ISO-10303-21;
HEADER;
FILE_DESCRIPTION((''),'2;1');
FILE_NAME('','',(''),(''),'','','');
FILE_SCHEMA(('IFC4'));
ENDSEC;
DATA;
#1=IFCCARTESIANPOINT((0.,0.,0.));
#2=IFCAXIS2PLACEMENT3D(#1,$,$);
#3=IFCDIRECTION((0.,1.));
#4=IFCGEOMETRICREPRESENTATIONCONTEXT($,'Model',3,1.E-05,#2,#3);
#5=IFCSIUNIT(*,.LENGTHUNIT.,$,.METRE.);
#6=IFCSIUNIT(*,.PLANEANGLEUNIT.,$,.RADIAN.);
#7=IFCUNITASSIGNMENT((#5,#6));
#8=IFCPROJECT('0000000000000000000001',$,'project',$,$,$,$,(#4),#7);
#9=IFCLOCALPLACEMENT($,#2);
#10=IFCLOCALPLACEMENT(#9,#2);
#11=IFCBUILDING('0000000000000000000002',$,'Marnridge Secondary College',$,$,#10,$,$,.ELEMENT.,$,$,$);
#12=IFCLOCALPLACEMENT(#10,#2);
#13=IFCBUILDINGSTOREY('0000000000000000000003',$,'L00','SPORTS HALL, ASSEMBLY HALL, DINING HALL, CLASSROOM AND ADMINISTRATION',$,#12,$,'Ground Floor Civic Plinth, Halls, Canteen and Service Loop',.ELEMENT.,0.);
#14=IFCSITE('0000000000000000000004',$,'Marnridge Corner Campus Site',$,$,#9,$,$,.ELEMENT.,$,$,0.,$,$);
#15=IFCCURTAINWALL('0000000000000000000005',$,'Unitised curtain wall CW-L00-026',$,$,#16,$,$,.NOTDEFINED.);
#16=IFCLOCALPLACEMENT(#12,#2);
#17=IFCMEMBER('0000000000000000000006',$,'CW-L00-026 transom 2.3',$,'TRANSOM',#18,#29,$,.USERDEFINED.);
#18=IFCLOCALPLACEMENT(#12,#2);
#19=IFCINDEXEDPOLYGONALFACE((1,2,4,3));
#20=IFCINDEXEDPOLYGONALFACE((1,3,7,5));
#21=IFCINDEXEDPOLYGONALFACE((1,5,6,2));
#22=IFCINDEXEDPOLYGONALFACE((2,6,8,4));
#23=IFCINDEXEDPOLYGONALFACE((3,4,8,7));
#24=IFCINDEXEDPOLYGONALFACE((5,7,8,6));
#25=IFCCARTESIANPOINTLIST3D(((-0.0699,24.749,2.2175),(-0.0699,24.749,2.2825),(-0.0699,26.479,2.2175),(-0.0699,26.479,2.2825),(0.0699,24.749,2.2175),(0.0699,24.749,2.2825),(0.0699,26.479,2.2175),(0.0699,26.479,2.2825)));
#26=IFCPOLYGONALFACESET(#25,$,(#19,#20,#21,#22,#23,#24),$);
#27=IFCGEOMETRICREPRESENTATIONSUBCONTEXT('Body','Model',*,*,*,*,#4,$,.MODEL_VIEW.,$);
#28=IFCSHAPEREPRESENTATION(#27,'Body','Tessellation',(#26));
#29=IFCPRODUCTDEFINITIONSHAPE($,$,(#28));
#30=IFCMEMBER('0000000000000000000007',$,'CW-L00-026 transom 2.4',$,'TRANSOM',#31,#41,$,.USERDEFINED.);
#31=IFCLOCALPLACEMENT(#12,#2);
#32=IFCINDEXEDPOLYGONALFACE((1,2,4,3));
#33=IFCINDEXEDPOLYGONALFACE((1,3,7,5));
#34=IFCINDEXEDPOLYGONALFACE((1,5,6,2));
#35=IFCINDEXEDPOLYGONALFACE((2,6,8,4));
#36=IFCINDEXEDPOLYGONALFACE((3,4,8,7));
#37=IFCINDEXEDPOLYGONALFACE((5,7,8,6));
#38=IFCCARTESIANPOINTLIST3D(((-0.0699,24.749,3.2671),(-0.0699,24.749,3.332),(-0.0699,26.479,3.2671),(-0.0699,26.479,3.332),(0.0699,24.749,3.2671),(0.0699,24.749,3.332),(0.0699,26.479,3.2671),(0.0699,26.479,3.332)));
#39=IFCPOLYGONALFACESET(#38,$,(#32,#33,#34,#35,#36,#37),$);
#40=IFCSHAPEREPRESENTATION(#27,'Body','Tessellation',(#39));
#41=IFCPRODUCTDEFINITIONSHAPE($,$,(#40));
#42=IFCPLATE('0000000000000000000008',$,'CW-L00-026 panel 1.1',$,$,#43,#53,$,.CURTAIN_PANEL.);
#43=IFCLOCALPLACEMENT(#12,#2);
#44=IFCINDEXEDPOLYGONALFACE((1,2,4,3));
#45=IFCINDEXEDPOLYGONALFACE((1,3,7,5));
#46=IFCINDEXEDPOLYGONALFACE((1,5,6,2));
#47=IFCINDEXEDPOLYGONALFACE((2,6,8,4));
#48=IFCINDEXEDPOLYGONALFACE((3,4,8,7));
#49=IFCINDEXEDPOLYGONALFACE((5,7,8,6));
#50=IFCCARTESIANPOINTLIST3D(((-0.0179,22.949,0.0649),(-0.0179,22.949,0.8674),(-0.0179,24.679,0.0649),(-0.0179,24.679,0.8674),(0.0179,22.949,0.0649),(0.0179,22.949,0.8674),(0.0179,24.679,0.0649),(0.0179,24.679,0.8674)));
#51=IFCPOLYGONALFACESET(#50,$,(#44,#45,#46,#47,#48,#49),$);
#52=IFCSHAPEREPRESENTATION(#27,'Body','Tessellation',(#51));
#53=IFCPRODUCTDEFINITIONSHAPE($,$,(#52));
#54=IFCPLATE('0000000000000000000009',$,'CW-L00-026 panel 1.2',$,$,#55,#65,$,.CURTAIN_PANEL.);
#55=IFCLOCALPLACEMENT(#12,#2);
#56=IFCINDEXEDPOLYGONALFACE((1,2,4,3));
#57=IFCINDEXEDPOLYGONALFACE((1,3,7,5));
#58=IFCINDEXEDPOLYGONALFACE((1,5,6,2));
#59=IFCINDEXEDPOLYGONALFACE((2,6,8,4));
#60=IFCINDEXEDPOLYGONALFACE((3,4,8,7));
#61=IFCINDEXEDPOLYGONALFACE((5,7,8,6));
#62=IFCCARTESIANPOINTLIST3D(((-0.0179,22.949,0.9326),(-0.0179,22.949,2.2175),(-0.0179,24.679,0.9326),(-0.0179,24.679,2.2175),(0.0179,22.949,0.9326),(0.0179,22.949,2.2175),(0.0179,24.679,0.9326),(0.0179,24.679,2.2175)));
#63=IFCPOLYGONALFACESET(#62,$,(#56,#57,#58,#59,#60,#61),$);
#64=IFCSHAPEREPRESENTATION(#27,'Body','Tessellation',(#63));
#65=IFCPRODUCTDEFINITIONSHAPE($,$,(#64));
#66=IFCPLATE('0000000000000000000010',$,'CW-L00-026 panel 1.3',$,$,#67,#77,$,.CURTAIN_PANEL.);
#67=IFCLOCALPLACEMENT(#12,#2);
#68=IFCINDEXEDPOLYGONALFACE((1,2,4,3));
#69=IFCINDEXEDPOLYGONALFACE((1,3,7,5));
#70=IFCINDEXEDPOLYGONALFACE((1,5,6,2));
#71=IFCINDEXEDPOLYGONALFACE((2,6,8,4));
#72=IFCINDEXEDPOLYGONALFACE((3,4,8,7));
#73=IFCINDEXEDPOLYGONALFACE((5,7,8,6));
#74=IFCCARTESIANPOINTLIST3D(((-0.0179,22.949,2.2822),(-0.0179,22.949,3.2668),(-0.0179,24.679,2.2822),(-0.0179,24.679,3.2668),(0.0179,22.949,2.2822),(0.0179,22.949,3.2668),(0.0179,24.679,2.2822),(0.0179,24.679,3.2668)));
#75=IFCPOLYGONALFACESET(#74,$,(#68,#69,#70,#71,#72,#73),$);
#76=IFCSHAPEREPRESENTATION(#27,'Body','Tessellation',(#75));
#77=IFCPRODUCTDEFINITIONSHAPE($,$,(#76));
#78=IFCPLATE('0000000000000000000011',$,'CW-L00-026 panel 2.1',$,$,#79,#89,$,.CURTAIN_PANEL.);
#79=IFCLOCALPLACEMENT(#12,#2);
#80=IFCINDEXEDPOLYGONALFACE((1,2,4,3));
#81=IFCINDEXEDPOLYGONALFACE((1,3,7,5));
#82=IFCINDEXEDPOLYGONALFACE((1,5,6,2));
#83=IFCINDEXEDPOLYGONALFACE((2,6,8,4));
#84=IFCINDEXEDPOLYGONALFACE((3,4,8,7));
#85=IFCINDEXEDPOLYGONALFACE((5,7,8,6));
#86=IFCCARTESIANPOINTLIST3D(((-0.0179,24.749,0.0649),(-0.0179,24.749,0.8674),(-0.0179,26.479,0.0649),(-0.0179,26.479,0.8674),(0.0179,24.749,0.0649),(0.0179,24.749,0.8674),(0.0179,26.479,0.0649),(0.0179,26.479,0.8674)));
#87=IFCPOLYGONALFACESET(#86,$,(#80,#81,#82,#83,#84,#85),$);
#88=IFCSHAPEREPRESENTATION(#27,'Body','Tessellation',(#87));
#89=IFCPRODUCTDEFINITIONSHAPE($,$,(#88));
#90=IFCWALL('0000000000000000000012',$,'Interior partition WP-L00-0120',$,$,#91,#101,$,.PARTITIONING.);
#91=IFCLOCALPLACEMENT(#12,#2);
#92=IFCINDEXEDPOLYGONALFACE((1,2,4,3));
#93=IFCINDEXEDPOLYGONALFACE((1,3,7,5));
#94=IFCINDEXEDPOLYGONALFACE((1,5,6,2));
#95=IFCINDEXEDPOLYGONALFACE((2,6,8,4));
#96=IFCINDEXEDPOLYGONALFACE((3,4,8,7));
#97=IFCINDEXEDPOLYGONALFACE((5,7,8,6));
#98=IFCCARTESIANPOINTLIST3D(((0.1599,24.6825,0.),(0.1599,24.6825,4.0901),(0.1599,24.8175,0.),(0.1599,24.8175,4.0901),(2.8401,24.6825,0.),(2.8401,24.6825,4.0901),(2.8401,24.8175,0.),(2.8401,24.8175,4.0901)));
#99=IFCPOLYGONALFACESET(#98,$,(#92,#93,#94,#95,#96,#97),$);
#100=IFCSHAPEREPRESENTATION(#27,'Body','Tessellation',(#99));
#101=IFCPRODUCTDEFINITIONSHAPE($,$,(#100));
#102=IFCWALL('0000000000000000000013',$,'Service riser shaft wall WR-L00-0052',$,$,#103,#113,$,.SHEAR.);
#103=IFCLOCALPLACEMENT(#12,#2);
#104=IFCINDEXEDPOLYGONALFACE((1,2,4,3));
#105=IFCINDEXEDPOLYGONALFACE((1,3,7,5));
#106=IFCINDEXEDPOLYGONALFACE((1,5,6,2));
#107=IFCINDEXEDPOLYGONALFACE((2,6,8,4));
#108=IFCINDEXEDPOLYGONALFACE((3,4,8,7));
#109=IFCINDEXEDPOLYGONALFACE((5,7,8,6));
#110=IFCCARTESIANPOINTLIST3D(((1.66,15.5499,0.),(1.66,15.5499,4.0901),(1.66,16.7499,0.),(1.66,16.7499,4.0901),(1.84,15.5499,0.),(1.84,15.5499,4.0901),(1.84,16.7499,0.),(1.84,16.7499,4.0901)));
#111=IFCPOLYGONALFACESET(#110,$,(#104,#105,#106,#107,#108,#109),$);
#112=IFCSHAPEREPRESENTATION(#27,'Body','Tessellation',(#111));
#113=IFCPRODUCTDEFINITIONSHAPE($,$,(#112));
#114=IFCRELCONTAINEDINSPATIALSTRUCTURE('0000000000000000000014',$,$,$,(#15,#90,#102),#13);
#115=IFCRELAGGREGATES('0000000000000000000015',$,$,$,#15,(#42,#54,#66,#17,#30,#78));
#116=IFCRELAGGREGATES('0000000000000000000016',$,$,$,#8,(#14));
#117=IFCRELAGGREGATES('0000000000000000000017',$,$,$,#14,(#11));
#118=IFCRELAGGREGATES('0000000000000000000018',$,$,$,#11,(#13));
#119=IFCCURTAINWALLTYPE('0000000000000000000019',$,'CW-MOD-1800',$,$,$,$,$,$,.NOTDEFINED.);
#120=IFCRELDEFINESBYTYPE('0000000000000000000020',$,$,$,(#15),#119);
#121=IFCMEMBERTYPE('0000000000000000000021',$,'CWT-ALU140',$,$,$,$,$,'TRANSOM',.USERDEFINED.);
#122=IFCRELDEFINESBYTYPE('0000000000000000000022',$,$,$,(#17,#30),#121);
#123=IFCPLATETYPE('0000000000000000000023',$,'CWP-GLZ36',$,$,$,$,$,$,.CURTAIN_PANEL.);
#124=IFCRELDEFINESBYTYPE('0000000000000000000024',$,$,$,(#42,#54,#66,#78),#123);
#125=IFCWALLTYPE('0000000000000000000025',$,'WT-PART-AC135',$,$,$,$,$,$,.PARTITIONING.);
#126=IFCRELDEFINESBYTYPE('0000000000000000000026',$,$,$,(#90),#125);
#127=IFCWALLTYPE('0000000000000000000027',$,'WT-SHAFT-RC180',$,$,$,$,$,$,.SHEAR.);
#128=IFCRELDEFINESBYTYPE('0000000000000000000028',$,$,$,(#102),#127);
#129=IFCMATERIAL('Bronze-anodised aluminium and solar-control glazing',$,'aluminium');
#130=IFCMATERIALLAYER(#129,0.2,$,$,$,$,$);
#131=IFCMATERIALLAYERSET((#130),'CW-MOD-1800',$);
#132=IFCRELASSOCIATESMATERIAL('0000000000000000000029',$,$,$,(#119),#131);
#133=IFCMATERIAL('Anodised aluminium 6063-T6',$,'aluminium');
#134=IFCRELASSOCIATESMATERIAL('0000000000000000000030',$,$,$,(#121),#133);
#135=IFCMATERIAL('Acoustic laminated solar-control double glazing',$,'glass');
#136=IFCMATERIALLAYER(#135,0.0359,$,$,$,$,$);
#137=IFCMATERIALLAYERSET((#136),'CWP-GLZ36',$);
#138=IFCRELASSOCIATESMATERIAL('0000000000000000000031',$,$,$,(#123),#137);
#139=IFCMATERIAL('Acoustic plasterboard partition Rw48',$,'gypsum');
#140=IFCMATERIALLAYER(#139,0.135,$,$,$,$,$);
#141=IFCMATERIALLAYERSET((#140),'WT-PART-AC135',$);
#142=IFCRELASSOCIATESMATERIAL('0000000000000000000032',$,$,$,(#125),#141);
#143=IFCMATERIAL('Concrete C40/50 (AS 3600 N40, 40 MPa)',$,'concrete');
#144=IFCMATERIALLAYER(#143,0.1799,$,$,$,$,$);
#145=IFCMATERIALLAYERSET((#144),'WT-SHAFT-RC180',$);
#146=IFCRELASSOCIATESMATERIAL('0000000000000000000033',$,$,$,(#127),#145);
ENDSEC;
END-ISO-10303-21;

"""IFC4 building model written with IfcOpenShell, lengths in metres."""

from ifc_helpers import new_model, si_unit, direction, frame, frame_2d, origin, origin_2d, place, context, subcontext, project, spatial, rectangle, extrude, material, layer, layer_set, material_profile, profile_set, type_object, element, aggregate, save


model = new_model("IFC4")

# Units and contexts
model_context = context("Model", 3, precision=1e-05, world=origin(), true_north=direction((0.0, 1.0)))
body_context = subcontext(model_context, "Body", "Model", "MODEL_VIEW")
ifc_project = project(units=[si_unit("LENGTHUNIT", "METRE"), si_unit("PLANEANGLEUNIT", "RADIAN")], contexts=[model_context])

# Site, building, storey
site_placement = place(None, origin())
site = spatial("IfcSite", under=ifc_project, at=site_placement, Name="Marnridge Corner Campus Site", CompositionType="ELEMENT", RefElevation=0.0)
building_placement = place(site_placement, origin())
building = spatial("IfcBuilding", under=site, at=building_placement, Name="Marnridge Secondary College", CompositionType="ELEMENT")
storey_placement = place(building_placement, origin())
storey = spatial("IfcBuildingStorey", under=building, at=storey_placement, Name="L00", Description="SPORTS HALL, ASSEMBLY HALL, DINING HALL, CLASSROOM AND ADMINISTRATION", LongName="Ground Floor Civic Plinth, Halls, Canteen and Service Loop", CompositionType="ELEMENT", Elevation=0.0)

# Curtain wall, members, plates
ifc_material_1 = material(Name="Bronze-anodised aluminium and solar-control glazing", Category="aluminium")
ifc_layer_1 = layer(ifc_material_1, 0.2)
ifc_layer_set_1 = layer_set([ifc_layer_1], Name="CW-MOD-1800")
curtain_wall_type = type_object("IfcCurtainWallType", Name="CW-MOD-1800", PredefinedType="NOTDEFINED", material=ifc_layer_set_1)
curtain_wall_placement = place(storey_placement, origin())
curtain_wall = element("IfcCurtainWall", 1, at=curtain_wall_placement, inside=storey, type_object=curtain_wall_type, Name="Unitised curtain wall CW-L00-026", PredefinedType="NOTDEFINED")
ifc_material_2 = material(Name="Anodised aluminium 6063-T6", Category="aluminium")
ifc_material_profile_1 = material_profile(ifc_material_2, rectangle(XDim=0.0649, YDim=0.1399, at=origin_2d()), Name="ALU 65x140")
ifc_profile_set_1 = profile_set([ifc_material_profile_1], Name="Anodised aluminium 6063-T6")
member_type_1 = type_object("IfcMemberType", Name="CWT-ALU140", ElementType="TRANSOM", PredefinedType="USERDEFINED", material=ifc_profile_set_1)
member_1_placement = place(storey_placement, frame((0.0, 24.749, 2.25), z_axis=(0.0, 1.0, 0.0), x_axis=(0.0, 0.0, 1.0)))
member_1 = element("IfcMember", 2, at=member_1_placement, type_object=member_type_1, Name="CW-L00-026 transom 2.3", ObjectType="TRANSOM", PredefinedType="USERDEFINED", context=body_context, shape_type="SweptSolid", body=[
    extrude(rectangle(XDim=0.0649, YDim=0.1399, at=origin_2d()), origin(), (0.0, 0.0, 1.0), 1.73),
])
member_2_placement = place(storey_placement, frame((0.0, 24.749, 3.2996), z_axis=(0.0, 1.0, 0.0), x_axis=(0.0, 0.0, 1.0)))
member_2 = element("IfcMember", 3, at=member_2_placement, type_object=member_type_1, Name="CW-L00-026 transom 2.4", ObjectType="TRANSOM", PredefinedType="USERDEFINED", context=body_context, shape_type="SweptSolid", body=[
    extrude(rectangle(XDim=0.0649, YDim=0.1399, at=origin_2d()), origin(), (0.0, 0.0, 1.0), 1.73),
])
ifc_material_3 = material(Name="Acoustic laminated solar-control double glazing", Category="glass")
ifc_layer_2 = layer(ifc_material_3, 0.0359)
ifc_layer_set_2 = layer_set([ifc_layer_2], Name="CWP-GLZ36")
plate_type = type_object("IfcPlateType", Name="CWP-GLZ36", PredefinedType="CURTAIN_PANEL", material=ifc_layer_set_2)
plate_1_placement = place(storey_placement, frame((0.0, 23.814, 0.0649), z_axis=(0.0, 0.0, 1.0), x_axis=(0.0, 1.0, 0.0)))
plate_1 = element("IfcPlate", 4, at=plate_1_placement, type_object=plate_type, Name="CW-L00-026 panel 1.1", PredefinedType="CURTAIN_PANEL", context=body_context, shape_type="SweptSolid", body=[
    extrude(rectangle(XDim=1.73, YDim=0.0359, at=origin_2d()), origin(), (0.0, 0.0, 1.0), 0.8025),
])
plate_2_placement = place(storey_placement, frame((0.0, 23.814, 0.9326), z_axis=(0.0, 0.0, 1.0), x_axis=(0.0, 1.0, 0.0)))
plate_2 = element("IfcPlate", 5, at=plate_2_placement, type_object=plate_type, Name="CW-L00-026 panel 1.2", PredefinedType="CURTAIN_PANEL", context=body_context, shape_type="SweptSolid", body=[
    extrude(rectangle(XDim=1.73, YDim=0.0359, at=origin_2d()), origin(), (0.0, 0.0, 1.0), 1.2849),
])
plate_3_placement = place(storey_placement, frame((0.0, 23.814, 2.2822), z_axis=(0.0, 0.0, 1.0), x_axis=(0.0, 1.0, 0.0)))
plate_3 = element("IfcPlate", 6, at=plate_3_placement, type_object=plate_type, Name="CW-L00-026 panel 1.3", PredefinedType="CURTAIN_PANEL", context=body_context, shape_type="SweptSolid", body=[
    extrude(rectangle(XDim=1.73, YDim=0.0359, at=origin_2d()), origin(), (0.0, 0.0, 1.0), 0.9846),
])
plate_4_placement = place(storey_placement, frame((0.0, 25.614, 0.0649), z_axis=(0.0, 0.0, 1.0), x_axis=(0.0, 1.0, 0.0)))
plate_4 = element("IfcPlate", 7, at=plate_4_placement, type_object=plate_type, Name="CW-L00-026 panel 2.1", PredefinedType="CURTAIN_PANEL", context=body_context, shape_type="SweptSolid", body=[
    extrude(rectangle(XDim=1.73, YDim=0.0359, at=origin_2d()), origin(), (0.0, 0.0, 1.0), 0.8025),
])
aggregate(curtain_wall, [plate_1, plate_2, plate_3, member_1, member_2, plate_4])

# Walls
ifc_material_4 = material(Name="Acoustic plasterboard partition Rw48", Category="gypsum")
ifc_layer_3 = layer(ifc_material_4, 0.135)
ifc_layer_set_3 = layer_set([ifc_layer_3], Name="WT-PART-AC135")
wall_type_1 = type_object("IfcWallType", Name="WT-PART-AC135", PredefinedType="PARTITIONING", material=ifc_layer_set_3)
wall_1_placement = place(storey_placement, frame((2.8401, 24.75, 0.0), z_axis=(0.0, 0.0, 1.0), x_axis=(-1.0, 0.0, 0.0)))
element("IfcWall", 8, at=wall_1_placement, inside=storey, type_object=wall_type_1, Name="Interior partition WP-L00-0120", PredefinedType="PARTITIONING", context=body_context, shape_type="SweptSolid", body=[
    extrude(rectangle(XDim=2.6802, YDim=0.135, at=frame_2d((1.3401, 0.0))), origin(), (0.0, 0.0, 1.0), 4.0901),
])
ifc_material_5 = material(Name="Concrete C40/50 (AS 3600 N40, 40 MPa)", Category="concrete")
ifc_layer_4 = layer(ifc_material_5, 0.1799)
ifc_layer_set_4 = layer_set([ifc_layer_4], Name="WT-SHAFT-RC180")
wall_type_2 = type_object("IfcWallType", Name="WT-SHAFT-RC180", PredefinedType="SHEAR", material=ifc_layer_set_4)
wall_2_placement = place(storey_placement, frame((1.75, 16.75, 0.0), z_axis=(0.0, 0.0, 1.0), x_axis=(0.0, -1.0, 0.0)))
element("IfcWall", 9, at=wall_2_placement, inside=storey, type_object=wall_type_2, Name="Service riser shaft wall WR-L00-0052", PredefinedType="SHEAR", context=body_context, shape_type="SweptSolid", body=[
    extrude(rectangle(XDim=1.2, YDim=0.1799, at=frame_2d((0.6001, 0.0))), origin(), (0.0, 0.0, 1.0), 4.0901),
])

save(model, "model.ifc")
